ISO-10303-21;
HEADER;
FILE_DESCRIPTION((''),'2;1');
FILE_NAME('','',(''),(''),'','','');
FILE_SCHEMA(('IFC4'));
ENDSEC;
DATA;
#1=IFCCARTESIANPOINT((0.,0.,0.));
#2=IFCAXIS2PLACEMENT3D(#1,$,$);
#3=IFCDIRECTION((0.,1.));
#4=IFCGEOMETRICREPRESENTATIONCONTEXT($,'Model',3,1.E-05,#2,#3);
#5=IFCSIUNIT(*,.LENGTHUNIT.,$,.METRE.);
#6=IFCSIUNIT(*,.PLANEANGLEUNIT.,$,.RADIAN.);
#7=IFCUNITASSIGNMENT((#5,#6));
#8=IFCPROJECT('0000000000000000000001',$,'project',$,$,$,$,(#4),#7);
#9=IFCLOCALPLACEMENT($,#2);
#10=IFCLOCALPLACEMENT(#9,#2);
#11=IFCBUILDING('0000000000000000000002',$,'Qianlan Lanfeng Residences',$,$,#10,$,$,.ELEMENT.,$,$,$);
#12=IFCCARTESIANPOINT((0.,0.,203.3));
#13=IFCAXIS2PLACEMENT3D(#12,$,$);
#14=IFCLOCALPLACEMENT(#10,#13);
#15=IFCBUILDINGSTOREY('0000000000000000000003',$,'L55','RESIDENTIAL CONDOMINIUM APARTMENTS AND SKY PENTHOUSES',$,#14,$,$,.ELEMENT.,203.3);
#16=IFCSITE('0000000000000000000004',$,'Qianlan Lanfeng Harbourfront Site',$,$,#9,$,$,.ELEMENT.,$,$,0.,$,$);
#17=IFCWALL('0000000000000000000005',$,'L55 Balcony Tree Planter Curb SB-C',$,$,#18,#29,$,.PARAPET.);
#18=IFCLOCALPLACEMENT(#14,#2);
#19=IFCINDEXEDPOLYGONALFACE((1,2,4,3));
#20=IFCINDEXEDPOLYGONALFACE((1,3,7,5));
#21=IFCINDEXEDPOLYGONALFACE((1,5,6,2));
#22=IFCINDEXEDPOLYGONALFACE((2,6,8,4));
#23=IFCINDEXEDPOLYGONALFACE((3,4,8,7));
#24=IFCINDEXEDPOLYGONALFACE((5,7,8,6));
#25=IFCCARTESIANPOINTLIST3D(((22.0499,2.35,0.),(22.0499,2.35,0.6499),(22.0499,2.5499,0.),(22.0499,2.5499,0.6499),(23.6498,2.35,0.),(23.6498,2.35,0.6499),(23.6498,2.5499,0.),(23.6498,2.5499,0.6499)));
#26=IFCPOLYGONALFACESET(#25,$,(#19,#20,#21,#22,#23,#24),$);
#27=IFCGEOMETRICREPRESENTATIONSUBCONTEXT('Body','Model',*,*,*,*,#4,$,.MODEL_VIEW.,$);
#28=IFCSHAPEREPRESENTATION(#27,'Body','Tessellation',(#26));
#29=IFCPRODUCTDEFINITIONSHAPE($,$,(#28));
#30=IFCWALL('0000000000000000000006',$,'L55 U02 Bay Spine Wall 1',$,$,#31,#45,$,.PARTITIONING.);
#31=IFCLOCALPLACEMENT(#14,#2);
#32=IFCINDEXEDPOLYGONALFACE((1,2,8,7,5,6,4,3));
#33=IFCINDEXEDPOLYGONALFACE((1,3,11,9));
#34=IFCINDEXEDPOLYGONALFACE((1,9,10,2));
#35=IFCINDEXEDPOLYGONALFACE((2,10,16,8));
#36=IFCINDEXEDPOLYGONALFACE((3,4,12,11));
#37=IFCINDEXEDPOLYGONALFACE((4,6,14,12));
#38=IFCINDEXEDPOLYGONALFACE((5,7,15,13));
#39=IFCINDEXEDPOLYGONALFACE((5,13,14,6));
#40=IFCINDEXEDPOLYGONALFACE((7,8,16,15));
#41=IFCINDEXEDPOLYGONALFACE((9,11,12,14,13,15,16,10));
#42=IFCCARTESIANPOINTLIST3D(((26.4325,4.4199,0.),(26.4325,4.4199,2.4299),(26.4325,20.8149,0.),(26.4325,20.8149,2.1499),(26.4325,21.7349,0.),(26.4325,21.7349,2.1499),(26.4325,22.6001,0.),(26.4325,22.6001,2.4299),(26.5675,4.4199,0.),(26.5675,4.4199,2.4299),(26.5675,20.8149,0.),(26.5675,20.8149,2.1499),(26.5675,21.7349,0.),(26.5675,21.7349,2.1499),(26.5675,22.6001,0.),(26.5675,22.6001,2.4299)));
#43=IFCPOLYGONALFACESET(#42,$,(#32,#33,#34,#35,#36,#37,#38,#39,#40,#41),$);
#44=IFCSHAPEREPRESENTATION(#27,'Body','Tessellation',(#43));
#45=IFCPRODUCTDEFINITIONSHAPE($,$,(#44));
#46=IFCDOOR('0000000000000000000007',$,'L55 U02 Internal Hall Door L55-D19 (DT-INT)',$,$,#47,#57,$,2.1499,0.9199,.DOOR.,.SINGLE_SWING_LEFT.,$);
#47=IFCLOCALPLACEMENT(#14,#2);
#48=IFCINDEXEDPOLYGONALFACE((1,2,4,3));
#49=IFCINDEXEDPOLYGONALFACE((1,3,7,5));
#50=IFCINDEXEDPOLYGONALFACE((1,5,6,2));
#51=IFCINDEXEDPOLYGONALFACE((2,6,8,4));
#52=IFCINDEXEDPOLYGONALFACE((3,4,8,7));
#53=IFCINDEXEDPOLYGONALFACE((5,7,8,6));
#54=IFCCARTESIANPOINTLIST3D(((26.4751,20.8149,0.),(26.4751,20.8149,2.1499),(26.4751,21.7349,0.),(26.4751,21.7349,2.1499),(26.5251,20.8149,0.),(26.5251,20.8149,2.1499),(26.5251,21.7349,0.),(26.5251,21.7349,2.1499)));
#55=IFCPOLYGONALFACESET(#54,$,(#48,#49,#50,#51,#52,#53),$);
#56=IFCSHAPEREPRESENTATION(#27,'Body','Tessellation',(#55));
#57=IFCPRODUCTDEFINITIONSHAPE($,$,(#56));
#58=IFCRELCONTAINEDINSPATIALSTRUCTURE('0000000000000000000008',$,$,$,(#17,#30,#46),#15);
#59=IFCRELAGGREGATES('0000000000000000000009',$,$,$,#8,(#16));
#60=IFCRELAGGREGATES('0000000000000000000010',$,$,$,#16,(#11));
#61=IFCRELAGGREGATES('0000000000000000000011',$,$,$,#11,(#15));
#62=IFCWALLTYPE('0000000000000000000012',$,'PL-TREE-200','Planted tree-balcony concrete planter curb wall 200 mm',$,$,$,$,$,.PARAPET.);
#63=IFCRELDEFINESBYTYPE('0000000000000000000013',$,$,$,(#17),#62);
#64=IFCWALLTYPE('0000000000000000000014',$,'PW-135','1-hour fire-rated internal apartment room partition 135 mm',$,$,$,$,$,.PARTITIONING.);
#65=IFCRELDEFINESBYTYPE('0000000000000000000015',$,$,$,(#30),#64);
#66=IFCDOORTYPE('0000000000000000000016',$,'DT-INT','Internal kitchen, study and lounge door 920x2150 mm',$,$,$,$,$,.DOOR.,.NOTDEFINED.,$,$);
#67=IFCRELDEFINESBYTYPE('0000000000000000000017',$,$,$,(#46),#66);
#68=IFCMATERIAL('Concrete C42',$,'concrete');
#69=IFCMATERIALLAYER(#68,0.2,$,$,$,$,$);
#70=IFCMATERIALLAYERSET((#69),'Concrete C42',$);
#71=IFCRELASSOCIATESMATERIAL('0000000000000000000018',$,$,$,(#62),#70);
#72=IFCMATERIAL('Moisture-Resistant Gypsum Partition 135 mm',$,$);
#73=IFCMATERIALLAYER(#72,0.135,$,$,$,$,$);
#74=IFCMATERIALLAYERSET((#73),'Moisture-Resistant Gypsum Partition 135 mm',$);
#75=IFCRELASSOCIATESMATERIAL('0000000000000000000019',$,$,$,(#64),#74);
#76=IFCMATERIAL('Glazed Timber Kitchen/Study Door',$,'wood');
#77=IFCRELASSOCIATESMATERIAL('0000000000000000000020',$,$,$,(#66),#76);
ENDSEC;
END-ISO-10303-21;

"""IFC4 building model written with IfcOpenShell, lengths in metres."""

from ifc_helpers import new_model, si_unit, direction, frame, frame_2d, origin, place, context, subcontext, project, spatial, rectangle, extrude, material, layer, layer_set, type_object, element, fill, save


model = new_model("IFC4")

# Units and contexts
model_context = context("Model", 3, precision=1e-05, world=origin(), true_north=direction((0.0, 1.0)))
body_context = subcontext(model_context, "Body", "Model", "MODEL_VIEW")
ifc_project = project(units=[si_unit("LENGTHUNIT", "METRE"), si_unit("PLANEANGLEUNIT", "RADIAN")], contexts=[model_context])

# Site, building, storey
site_placement = place(None, origin())
site = spatial("IfcSite", under=ifc_project, at=site_placement, Name="Qianlan Lanfeng Harbourfront Site", CompositionType="ELEMENT", RefElevation=0.0)
building_placement = place(site_placement, origin())
building = spatial("IfcBuilding", under=site, at=building_placement, Name="Qianlan Lanfeng Residences", CompositionType="ELEMENT")
storey_placement = place(building_placement, frame((0.0, 0.0, 203.3)))
storey = spatial("IfcBuildingStorey", under=building, at=storey_placement, Name="L55", Description="RESIDENTIAL CONDOMINIUM APARTMENTS AND SKY PENTHOUSES", CompositionType="ELEMENT", Elevation=203.3)

# Wall
ifc_material_1 = material(Name="Concrete C42", Category="concrete")
ifc_layer_1 = layer(ifc_material_1, 0.2)
ifc_layer_set_1 = layer_set([ifc_layer_1], Name="Concrete C42")
wall_type_1 = type_object("IfcWallType", Name="PL-TREE-200", Description="Planted tree-balcony concrete planter curb wall 200 mm", PredefinedType="PARAPET", material=ifc_layer_set_1)
wall_1_placement = place(storey_placement, frame((22.05, 2.45, 0.0), z_axis=(0.0, 0.0, 1.0), x_axis=(1.0, 0.0, 0.0)))
element("IfcWall", 1, at=wall_1_placement, inside=storey, type_object=wall_type_1, Name="L55 Balcony Tree Planter Curb SB-C", PredefinedType="PARAPET", context=body_context, shape_type="SweptSolid", body=[
    extrude(rectangle(XDim=1.5999, YDim=0.2, at=frame_2d((0.7998, 0.0))), origin(), (0.0, 0.0, 1.0), 0.6499),
])

# Wall, opening, door
ifc_material_2 = material(Name="Moisture-Resistant Gypsum Partition 135 mm")
ifc_layer_2 = layer(ifc_material_2, 0.135)
ifc_layer_set_2 = layer_set([ifc_layer_2], Name="Moisture-Resistant Gypsum Partition 135 mm")
wall_type_2 = type_object("IfcWallType", Name="PW-135", Description="1-hour fire-rated internal apartment room partition 135 mm", PredefinedType="PARTITIONING", material=ifc_layer_set_2)
wall_2_placement = place(storey_placement, frame((26.5, 4.4199, 0.0), z_axis=(0.0, 0.0, 1.0), x_axis=(0.0, 1.0, 0.0)))
wall_2 = element("IfcWall", 2, at=wall_2_placement, inside=storey, type_object=wall_type_2, Name="L55 U02 Bay Spine Wall 1", PredefinedType="PARTITIONING", context=body_context, shape_type="SweptSolid", body=[
    extrude(rectangle(XDim=18.1802, YDim=0.135, at=frame_2d((9.0901, 0.0))), origin(), (0.0, 0.0, 1.0), 2.4299),
])
opening_placement = place(wall_2_placement, frame((16.395, 0.0, 0.0)))
opening = element("IfcOpeningElement", 3, at=opening_placement, cuts=wall_2, PredefinedType="OPENING", context=body_context, shape_type="SweptSolid", body=[
    extrude(rectangle(XDim=0.9199, YDim=2.1499, at=frame_2d((0.46, 1.075))), frame((0.0, 0.0776, 0.0), z_axis=(0.0, -1.0, 0.0), x_axis=(1.0, 0.0, 0.0)), (0.0, 0.0, 1.0), 0.155),
])
ifc_material_3 = material(Name="Glazed Timber Kitchen/Study Door", Category="wood")
door_type = type_object("IfcDoorType", Name="DT-INT", Description="Internal kitchen, study and lounge door 920x2150 mm", OperationType="NOTDEFINED", PredefinedType="DOOR", material=ifc_material_3)
door_placement = place(opening_placement, origin())
door = element("IfcDoor", 4, at=door_placement, inside=storey, type_object=door_type, Name="L55 U02 Internal Hall Door L55-D19 (DT-INT)", OperationType="SINGLE_SWING_LEFT", OverallHeight=2.1499, OverallWidth=0.9199, PredefinedType="DOOR", context=body_context, shape_type="SweptSolid", body=[
    extrude(rectangle(XDim=0.9199, YDim=2.1499, at=frame_2d((0.46, 1.075))), frame((0.0, 0.0249, 0.0), z_axis=(0.0, -1.0, 0.0), x_axis=(1.0, 0.0, 0.0)), (0.0, 0.0, 1.0), 0.05),
])
fill(opening, door)

save(model, "model.ifc")
